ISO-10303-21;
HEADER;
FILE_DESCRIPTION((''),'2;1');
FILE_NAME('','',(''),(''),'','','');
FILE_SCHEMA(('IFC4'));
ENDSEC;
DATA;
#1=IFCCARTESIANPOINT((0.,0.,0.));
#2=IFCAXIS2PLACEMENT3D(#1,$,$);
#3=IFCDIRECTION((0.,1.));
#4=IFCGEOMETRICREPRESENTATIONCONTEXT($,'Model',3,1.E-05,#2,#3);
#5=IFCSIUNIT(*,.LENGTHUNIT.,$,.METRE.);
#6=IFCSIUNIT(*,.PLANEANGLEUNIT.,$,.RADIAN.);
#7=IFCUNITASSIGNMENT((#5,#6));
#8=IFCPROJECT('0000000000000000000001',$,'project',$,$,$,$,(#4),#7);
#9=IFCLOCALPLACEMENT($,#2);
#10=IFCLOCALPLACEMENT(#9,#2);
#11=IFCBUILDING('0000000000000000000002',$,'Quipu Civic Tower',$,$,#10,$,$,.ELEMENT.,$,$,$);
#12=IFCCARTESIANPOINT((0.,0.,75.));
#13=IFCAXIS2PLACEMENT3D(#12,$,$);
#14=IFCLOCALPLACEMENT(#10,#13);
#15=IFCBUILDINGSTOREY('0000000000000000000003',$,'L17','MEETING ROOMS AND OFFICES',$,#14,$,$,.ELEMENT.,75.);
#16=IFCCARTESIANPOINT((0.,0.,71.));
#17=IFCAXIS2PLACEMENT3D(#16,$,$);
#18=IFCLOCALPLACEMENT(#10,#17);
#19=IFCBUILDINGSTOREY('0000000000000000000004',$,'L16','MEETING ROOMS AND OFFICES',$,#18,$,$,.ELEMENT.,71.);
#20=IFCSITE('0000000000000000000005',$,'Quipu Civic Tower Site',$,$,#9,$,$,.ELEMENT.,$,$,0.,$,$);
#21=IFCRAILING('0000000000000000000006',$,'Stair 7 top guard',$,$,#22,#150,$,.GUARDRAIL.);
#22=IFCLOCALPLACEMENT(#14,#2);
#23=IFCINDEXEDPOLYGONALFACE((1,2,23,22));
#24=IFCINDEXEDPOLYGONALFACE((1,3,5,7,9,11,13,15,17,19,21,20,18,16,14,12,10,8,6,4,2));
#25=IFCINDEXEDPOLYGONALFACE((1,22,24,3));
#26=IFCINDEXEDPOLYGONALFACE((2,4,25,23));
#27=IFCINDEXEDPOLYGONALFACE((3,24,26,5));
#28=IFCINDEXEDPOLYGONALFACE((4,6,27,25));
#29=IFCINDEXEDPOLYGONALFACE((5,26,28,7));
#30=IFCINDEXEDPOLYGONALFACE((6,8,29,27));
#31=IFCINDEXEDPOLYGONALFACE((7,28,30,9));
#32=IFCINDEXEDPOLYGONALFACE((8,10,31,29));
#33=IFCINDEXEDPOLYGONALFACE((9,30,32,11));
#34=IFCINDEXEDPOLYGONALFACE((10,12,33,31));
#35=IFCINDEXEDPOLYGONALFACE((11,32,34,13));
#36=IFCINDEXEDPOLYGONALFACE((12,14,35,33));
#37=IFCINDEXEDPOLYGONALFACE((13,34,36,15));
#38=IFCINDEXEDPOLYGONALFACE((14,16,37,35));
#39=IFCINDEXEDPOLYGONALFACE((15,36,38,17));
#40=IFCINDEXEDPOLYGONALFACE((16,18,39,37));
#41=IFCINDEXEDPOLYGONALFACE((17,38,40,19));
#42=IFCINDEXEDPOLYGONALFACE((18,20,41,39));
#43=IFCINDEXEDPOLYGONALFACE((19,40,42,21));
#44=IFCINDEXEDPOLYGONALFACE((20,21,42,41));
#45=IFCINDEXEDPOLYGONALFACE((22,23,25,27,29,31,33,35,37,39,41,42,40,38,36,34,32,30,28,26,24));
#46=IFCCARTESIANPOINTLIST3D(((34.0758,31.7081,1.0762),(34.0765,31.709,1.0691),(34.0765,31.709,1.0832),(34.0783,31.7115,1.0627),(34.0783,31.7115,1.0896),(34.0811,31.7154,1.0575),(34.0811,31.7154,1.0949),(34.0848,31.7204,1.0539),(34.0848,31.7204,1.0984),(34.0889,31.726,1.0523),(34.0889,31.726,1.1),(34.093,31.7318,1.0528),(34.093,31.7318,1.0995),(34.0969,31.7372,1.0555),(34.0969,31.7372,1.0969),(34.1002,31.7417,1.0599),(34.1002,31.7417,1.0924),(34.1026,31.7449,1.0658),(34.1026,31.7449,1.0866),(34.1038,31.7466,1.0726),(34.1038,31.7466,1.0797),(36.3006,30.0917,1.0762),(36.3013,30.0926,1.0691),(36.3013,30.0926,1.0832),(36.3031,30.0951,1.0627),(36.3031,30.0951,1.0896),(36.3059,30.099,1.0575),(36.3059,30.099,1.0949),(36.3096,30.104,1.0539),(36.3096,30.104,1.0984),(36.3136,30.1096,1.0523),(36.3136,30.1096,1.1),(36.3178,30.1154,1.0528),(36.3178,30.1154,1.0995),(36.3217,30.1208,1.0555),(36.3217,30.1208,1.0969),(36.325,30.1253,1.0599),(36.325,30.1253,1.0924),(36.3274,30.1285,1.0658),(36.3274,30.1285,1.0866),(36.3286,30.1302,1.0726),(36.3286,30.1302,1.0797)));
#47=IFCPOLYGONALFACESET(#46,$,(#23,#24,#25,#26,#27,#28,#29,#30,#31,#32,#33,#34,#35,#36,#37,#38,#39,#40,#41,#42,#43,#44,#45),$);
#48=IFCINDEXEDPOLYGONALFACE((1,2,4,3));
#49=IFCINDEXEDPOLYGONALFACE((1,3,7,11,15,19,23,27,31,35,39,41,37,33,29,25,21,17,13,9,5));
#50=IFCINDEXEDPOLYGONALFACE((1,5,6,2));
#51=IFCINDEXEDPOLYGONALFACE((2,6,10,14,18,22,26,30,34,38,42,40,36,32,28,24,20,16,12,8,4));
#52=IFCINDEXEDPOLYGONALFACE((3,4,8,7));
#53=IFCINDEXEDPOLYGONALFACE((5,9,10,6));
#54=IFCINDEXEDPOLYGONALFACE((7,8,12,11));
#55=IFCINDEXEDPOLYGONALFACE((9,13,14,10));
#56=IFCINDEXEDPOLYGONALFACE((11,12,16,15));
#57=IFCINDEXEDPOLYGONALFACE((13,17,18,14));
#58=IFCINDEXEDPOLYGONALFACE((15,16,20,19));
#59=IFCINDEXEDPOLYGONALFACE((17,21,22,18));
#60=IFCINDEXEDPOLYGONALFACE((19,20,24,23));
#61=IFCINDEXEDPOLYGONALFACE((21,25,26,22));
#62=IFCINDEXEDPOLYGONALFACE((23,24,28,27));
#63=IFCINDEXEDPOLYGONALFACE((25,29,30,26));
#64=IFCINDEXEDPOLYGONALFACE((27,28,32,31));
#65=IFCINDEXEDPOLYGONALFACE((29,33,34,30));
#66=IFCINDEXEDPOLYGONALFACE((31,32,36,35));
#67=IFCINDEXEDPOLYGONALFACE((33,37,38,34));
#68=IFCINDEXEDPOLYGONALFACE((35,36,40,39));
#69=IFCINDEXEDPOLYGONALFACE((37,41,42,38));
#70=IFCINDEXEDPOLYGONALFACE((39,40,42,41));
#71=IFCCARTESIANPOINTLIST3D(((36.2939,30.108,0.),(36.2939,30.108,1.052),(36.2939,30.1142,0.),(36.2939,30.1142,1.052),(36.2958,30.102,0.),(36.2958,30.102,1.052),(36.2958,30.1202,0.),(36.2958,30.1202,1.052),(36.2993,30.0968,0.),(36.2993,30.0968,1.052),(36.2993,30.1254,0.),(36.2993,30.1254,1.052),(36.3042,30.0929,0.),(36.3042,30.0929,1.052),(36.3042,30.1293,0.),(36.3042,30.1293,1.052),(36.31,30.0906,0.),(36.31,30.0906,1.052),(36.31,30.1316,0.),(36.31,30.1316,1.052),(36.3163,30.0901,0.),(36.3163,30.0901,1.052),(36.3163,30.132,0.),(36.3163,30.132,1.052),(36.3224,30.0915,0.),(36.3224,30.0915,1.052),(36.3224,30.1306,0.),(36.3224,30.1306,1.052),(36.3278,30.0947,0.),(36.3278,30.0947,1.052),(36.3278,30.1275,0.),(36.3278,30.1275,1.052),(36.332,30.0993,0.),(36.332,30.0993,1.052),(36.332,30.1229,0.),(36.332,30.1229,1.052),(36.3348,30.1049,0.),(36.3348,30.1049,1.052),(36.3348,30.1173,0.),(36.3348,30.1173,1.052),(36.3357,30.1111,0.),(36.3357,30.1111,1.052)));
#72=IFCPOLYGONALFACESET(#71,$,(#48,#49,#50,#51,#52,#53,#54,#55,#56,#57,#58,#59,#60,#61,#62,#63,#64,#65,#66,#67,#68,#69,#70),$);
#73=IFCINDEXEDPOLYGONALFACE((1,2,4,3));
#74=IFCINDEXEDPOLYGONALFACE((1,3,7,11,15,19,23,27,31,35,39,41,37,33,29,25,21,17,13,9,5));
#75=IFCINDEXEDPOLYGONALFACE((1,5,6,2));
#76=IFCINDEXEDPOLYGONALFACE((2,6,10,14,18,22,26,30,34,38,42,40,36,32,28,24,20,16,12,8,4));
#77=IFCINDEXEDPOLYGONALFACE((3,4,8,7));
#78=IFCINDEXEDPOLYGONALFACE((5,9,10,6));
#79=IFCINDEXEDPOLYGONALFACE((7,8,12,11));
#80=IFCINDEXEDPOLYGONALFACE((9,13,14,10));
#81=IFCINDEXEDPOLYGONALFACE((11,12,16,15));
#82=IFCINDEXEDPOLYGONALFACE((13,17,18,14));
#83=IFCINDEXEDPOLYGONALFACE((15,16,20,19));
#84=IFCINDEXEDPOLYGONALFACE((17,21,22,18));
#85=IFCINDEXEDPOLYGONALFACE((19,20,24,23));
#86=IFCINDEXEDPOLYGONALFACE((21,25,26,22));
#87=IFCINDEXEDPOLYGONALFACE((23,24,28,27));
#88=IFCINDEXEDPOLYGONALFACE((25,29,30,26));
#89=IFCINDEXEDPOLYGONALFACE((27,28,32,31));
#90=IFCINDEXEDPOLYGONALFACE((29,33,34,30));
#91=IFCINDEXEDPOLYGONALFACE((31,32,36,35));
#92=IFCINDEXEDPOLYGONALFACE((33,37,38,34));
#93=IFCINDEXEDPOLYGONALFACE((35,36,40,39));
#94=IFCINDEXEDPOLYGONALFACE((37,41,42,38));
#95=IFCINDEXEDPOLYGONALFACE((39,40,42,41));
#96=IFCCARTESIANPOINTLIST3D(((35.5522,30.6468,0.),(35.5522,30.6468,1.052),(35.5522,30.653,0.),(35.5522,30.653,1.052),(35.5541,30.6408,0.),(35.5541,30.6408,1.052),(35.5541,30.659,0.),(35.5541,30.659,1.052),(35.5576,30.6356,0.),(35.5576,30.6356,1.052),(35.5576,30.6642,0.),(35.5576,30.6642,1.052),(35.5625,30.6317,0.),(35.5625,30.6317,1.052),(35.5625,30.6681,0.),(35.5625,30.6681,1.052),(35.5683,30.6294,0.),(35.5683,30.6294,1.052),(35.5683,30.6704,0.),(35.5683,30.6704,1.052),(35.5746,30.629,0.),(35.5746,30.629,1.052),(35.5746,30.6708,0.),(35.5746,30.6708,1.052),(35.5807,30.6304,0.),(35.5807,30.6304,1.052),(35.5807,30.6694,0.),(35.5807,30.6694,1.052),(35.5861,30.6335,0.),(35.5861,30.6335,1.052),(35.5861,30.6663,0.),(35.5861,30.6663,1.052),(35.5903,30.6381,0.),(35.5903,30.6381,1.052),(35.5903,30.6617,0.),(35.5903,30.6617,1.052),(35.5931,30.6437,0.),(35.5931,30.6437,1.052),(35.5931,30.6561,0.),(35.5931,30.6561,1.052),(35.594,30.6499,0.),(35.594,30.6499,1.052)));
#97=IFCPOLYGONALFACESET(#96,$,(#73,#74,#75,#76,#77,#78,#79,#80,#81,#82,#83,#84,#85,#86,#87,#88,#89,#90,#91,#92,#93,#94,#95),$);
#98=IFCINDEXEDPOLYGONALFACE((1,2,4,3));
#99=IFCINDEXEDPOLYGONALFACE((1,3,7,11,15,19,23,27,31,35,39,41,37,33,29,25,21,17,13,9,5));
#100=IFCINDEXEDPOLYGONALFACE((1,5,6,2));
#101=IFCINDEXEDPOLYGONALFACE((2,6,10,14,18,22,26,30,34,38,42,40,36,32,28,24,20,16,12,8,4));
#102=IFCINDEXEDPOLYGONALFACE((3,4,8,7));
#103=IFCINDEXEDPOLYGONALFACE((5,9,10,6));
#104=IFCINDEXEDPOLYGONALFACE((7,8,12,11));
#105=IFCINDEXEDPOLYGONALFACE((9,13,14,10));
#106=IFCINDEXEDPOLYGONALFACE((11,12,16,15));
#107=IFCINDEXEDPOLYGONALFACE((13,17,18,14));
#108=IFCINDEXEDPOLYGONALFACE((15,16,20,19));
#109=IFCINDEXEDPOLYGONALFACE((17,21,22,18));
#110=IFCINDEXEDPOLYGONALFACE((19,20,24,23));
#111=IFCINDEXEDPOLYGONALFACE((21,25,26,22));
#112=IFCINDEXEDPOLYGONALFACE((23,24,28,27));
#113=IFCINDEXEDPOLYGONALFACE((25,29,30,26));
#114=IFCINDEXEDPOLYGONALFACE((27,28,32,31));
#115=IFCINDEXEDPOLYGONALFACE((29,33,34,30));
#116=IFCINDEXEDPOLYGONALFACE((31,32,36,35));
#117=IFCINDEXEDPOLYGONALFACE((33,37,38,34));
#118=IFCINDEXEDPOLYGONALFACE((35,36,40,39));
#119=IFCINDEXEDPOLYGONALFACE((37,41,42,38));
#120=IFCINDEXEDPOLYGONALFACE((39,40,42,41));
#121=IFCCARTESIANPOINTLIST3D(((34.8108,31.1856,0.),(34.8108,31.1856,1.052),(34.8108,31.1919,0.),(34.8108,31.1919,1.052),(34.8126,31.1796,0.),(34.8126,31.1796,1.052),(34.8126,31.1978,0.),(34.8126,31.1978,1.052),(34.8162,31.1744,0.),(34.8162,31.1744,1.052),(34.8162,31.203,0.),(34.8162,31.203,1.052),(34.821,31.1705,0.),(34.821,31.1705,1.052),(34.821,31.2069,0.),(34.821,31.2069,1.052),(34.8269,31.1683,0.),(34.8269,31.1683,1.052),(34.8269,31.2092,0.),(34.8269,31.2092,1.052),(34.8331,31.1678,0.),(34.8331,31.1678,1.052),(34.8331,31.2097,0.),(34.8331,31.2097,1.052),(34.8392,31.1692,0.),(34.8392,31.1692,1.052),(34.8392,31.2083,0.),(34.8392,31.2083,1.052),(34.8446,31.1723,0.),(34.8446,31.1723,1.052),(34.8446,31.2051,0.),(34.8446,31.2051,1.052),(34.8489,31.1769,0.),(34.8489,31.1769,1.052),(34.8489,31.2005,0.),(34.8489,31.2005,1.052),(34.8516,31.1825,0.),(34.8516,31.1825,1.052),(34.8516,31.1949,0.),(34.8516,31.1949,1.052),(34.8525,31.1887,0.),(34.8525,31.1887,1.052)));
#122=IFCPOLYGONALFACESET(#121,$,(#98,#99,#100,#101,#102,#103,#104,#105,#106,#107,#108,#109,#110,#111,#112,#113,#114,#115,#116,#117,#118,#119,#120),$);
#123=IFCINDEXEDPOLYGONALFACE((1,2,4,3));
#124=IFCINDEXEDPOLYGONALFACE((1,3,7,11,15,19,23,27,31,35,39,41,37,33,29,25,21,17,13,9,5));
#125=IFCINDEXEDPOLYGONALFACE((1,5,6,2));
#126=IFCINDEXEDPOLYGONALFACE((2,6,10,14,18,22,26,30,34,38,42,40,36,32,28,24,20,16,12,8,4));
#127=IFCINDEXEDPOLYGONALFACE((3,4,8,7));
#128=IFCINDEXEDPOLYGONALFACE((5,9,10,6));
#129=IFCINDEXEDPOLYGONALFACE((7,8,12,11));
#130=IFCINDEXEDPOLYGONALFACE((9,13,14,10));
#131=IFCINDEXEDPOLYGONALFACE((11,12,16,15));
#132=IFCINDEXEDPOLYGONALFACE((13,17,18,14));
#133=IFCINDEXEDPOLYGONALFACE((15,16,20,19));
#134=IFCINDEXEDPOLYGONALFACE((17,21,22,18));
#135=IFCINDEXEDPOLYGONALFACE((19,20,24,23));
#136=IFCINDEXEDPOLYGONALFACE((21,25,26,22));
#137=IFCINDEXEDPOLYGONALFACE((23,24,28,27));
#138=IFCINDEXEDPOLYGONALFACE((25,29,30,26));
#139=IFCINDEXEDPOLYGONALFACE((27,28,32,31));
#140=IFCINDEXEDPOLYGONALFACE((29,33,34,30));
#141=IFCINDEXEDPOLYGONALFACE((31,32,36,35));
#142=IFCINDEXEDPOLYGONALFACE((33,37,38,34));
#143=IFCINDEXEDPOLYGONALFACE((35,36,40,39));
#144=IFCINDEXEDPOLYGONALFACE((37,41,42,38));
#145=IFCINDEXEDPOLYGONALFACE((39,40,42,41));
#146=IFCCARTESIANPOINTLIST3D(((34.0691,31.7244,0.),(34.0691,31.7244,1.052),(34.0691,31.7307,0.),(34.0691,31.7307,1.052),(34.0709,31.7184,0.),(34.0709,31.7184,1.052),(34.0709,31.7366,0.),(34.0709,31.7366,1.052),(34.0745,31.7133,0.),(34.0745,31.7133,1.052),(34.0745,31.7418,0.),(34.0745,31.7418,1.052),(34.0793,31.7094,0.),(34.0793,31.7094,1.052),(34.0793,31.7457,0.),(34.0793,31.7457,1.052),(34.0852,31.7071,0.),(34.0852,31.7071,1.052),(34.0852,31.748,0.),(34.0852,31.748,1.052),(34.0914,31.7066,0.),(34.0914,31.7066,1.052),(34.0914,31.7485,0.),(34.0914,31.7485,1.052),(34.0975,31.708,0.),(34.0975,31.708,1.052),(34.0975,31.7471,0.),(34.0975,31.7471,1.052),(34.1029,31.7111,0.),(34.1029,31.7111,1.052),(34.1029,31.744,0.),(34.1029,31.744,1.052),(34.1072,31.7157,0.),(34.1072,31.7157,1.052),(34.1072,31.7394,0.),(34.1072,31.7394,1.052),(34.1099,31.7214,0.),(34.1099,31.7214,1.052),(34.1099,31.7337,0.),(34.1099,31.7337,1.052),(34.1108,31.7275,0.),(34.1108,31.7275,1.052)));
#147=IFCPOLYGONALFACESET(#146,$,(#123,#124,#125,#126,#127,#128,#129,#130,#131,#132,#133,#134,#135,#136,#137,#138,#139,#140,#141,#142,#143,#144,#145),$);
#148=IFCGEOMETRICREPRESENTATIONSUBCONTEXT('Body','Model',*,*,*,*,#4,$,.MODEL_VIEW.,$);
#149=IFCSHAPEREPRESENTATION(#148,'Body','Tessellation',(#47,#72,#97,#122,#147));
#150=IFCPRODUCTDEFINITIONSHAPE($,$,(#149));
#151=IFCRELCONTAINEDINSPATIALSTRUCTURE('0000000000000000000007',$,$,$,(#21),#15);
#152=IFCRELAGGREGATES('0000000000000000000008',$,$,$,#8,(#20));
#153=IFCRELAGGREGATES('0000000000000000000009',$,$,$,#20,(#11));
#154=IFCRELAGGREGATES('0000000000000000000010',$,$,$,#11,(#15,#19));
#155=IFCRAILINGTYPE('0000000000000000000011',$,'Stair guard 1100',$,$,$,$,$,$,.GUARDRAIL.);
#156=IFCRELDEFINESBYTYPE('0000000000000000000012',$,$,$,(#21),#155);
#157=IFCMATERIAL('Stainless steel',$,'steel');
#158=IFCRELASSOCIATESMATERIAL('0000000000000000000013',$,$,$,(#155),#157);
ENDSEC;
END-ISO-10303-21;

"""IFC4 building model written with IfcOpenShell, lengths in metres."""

from ifc_helpers import new_model, si_unit, direction, frame, origin, origin_2d, place, context, subcontext, project, spatial, circle, extrude, material, type_object, element, save


model = new_model("IFC4")

# Units and contexts
model_context = context("Model", 3, precision=1e-05, world=origin(), true_north=direction((0.0, 1.0)))
body_context = subcontext(model_context, "Body", "Model", "MODEL_VIEW")
ifc_project = project(units=[si_unit("LENGTHUNIT", "METRE"), si_unit("PLANEANGLEUNIT", "RADIAN")], contexts=[model_context])

# Site, building, storey
site_placement = place(None, origin())
site = spatial("IfcSite", under=ifc_project, at=site_placement, Name="Quipu Civic Tower Site", CompositionType="ELEMENT", RefElevation=0.0)
building_placement = place(site_placement, origin())
building = spatial("IfcBuilding", under=site, at=building_placement, Name="Quipu Civic Tower", CompositionType="ELEMENT")
storey_1_placement = place(building_placement, frame((0.0, 0.0, 75.0)))
storey_1 = spatial("IfcBuildingStorey", under=building, at=storey_1_placement, Name="L17", Description="MEETING ROOMS AND OFFICES", CompositionType="ELEMENT", Elevation=75.0)

# Shared definitions
storey_2_placement = place(building_placement, frame((0.0, 0.0, 71.0)))
storey_2 = spatial("IfcBuildingStorey", under=building, at=storey_2_placement, Name="L16", Description="MEETING ROOMS AND OFFICES", CompositionType="ELEMENT", Elevation=71.0)

# Railing
ifc_material_1 = material(Name="Stainless steel", Category="steel")
railing_type = type_object("IfcRailingType", Name="Stair guard 1100", PredefinedType="GUARDRAIL", material=ifc_material_1)
railing_placement = place(storey_1_placement, frame((36.3147, 30.1111, 0.0)))
element("IfcRailing", 1, at=railing_placement, inside=storey_1, type_object=railing_type, Name="Stair 7 top guard", PredefinedType="GUARDRAIL", context=body_context, shape_type="SweptSolid", body=[
    extrude(circle(Radius=0.0239, at=origin_2d()), frame((0.0, 0.0, 1.0762), z_axis=(-0.809016, 0.587786, 0.0), x_axis=(-0.587786, -0.809016, 0.0)), (0.0, 0.0, 1.0), 2.75),
    extrude(circle(Radius=0.021, at=origin_2d()), origin(), (0.0, 0.0, 1.0), 1.052),
    extrude(circle(Radius=0.021, at=origin_2d()), frame((-0.7417, 0.5388, 0.0)), (0.0, 0.0, 1.0), 1.052),
    extrude(circle(Radius=0.021, at=origin_2d()), frame((-1.4832, 1.0776, 0.0)), (0.0, 0.0, 1.0), 1.052),
    extrude(circle(Radius=0.021, at=origin_2d()), frame((-2.2249, 1.6165, 0.0)), (0.0, 0.0, 1.0), 1.052),
])

save(model, "model.ifc")
